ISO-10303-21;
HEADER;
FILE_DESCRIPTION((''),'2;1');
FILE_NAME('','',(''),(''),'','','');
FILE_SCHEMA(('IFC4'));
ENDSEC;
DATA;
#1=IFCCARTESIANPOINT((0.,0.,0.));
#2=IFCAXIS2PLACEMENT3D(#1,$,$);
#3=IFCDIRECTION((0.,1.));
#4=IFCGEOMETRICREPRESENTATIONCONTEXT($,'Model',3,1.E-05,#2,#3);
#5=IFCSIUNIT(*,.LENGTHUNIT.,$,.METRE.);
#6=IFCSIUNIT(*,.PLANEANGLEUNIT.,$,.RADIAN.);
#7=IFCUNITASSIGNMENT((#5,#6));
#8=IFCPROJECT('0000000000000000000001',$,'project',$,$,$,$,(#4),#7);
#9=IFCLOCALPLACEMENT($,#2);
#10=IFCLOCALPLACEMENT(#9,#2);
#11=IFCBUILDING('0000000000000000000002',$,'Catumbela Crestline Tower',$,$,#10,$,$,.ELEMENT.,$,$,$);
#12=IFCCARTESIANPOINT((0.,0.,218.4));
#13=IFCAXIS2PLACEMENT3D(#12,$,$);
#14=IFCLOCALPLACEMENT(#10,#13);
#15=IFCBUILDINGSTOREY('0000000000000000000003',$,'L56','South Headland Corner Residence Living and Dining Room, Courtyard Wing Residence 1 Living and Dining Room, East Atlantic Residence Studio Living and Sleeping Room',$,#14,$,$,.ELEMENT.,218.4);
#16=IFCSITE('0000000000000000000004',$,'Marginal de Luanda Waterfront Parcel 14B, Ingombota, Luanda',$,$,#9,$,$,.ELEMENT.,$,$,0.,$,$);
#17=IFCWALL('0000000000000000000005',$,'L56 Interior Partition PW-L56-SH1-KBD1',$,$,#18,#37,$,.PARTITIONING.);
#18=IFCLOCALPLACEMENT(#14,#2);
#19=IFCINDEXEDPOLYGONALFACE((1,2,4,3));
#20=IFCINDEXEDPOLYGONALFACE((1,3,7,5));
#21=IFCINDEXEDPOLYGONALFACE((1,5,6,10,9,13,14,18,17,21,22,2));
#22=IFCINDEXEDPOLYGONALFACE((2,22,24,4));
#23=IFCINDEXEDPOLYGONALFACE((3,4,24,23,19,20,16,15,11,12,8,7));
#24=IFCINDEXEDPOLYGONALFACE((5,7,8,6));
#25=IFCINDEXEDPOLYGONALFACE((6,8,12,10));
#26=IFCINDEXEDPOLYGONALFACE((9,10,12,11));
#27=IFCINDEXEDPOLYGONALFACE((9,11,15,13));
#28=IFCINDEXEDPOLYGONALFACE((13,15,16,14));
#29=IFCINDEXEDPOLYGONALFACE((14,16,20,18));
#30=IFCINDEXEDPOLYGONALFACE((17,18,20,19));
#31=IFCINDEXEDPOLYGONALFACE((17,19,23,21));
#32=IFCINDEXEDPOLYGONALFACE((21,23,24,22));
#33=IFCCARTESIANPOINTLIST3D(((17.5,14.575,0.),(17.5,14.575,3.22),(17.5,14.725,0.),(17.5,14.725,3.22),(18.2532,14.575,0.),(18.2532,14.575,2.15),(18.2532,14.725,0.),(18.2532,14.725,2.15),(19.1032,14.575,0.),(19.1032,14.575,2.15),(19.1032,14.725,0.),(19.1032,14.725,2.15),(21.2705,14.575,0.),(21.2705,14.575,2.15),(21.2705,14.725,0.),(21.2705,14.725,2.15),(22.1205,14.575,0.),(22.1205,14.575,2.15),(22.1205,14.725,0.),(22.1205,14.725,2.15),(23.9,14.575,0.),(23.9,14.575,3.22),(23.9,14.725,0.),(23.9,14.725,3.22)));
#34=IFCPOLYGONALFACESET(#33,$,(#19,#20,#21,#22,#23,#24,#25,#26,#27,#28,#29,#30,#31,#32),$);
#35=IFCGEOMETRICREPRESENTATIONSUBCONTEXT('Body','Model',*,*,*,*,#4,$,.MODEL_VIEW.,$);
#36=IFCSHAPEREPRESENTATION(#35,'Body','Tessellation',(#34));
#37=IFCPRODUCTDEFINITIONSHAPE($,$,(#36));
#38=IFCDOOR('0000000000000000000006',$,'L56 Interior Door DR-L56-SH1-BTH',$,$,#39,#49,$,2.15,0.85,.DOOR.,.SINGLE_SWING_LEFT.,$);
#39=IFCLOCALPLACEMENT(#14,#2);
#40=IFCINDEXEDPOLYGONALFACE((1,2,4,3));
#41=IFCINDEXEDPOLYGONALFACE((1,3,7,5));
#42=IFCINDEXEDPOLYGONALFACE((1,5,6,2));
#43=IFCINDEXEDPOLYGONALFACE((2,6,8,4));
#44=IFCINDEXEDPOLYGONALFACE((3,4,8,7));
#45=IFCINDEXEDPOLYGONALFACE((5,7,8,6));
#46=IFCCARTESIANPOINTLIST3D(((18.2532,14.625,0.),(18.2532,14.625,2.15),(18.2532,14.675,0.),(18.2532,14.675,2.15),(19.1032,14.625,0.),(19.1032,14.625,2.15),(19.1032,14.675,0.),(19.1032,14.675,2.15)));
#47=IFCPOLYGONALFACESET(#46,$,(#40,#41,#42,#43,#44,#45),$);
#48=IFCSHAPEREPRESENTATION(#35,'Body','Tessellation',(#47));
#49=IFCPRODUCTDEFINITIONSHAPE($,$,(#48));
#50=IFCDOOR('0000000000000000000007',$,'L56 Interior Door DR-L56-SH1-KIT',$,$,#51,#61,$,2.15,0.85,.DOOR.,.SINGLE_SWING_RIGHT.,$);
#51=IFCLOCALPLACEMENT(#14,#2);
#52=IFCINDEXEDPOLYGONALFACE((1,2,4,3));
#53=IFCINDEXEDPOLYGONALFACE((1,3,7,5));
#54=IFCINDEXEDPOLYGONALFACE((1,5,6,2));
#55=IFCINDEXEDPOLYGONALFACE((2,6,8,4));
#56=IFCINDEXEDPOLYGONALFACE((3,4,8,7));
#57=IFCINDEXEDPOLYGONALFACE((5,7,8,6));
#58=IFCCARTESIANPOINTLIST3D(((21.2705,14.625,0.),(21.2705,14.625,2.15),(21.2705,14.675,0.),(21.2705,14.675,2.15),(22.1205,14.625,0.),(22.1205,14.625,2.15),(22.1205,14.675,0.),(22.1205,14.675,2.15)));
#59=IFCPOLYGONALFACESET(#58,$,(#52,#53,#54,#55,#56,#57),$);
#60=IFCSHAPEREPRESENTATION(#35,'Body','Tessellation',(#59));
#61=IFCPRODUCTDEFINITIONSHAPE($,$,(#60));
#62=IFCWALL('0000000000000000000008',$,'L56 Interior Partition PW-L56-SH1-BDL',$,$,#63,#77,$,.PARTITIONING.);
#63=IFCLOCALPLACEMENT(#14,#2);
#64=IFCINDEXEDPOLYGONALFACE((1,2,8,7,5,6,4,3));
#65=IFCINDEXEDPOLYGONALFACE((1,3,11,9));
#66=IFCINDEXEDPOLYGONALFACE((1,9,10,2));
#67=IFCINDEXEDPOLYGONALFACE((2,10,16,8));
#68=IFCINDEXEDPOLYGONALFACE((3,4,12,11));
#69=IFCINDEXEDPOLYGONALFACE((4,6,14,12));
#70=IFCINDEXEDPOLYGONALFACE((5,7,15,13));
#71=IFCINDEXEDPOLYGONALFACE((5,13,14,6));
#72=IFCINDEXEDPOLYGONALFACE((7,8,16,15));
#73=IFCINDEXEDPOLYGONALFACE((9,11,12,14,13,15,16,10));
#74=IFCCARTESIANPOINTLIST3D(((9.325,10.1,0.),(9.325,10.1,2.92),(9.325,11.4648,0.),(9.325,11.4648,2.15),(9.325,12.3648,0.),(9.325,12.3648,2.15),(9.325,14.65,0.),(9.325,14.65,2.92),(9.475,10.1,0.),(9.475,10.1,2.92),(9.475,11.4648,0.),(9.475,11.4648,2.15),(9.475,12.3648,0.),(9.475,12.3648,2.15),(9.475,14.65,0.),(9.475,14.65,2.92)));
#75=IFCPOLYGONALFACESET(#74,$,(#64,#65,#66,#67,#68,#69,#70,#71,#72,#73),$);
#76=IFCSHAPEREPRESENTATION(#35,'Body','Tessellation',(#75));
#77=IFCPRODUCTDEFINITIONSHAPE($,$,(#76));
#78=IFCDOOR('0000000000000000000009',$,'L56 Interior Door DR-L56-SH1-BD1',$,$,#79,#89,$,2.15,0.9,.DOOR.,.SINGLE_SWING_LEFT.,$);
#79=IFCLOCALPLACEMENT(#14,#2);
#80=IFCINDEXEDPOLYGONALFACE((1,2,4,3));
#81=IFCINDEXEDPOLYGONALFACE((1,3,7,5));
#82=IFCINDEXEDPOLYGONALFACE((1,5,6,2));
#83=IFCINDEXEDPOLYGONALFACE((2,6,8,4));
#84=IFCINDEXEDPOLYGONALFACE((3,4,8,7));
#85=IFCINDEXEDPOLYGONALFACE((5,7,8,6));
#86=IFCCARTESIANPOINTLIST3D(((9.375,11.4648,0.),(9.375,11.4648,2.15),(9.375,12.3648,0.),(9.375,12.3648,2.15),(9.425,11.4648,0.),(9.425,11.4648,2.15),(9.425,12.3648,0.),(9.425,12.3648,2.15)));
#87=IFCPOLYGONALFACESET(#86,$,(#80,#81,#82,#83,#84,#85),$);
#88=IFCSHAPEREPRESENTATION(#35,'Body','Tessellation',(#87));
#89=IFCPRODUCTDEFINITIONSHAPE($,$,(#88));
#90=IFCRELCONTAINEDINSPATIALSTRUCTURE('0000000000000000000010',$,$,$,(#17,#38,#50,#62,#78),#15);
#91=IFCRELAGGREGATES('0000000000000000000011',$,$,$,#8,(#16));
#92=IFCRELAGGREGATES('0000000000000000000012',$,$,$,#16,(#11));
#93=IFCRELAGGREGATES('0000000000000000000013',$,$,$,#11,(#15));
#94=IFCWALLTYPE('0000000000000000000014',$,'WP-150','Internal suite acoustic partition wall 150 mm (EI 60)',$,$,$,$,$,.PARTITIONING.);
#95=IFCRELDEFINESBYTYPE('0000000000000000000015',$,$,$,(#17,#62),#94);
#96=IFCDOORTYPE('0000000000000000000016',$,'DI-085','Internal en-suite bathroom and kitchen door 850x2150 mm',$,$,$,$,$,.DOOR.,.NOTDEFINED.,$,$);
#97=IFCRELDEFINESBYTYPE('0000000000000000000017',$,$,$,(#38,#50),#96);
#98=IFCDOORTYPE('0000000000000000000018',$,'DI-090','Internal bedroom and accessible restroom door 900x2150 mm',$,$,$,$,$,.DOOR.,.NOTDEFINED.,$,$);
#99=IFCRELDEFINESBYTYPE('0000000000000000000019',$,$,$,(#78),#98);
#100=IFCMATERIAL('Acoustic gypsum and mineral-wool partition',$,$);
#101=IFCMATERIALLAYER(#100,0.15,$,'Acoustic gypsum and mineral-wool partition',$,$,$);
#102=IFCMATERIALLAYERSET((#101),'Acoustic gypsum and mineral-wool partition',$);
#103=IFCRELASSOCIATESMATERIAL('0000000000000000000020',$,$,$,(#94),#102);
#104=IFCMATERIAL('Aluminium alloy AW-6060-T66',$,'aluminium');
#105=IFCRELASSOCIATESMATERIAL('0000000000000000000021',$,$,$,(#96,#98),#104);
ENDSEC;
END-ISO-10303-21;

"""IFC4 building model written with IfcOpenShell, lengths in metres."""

from ifc_helpers import new_model, si_unit, direction, frame, frame_2d, origin, place, context, subcontext, project, spatial, rectangle, extrude, material, layer, layer_set, type_object, element, fill, save


model = new_model("IFC4")

# Units and contexts
model_context = context("Model", 3, precision=1e-05, world=origin(), true_north=direction((0.0, 1.0)))
body_context = subcontext(model_context, "Body", "Model", "MODEL_VIEW")
ifc_project = project(units=[si_unit("LENGTHUNIT", "METRE"), si_unit("PLANEANGLEUNIT", "RADIAN")], contexts=[model_context])

# Site, building, storey
site_placement = place(None, origin())
site = spatial("IfcSite", under=ifc_project, at=site_placement, Name="Marginal de Luanda Waterfront Parcel 14B, Ingombota, Luanda", CompositionType="ELEMENT", RefElevation=0.0)
building_placement = place(site_placement, origin())
building = spatial("IfcBuilding", under=site, at=building_placement, Name="Catumbela Crestline Tower", CompositionType="ELEMENT")
storey_placement = place(building_placement, frame((0.0, 0.0, 218.4)))
storey = spatial("IfcBuildingStorey", under=building, at=storey_placement, Name="L56", Description="South Headland Corner Residence Living and Dining Room, Courtyard Wing Residence 1 Living and Dining Room, East Atlantic Residence Studio Living and Sleeping Room", CompositionType="ELEMENT", Elevation=218.4)

# Shared definitions
ifc_material_1 = material(Name="Aluminium alloy AW-6060-T66", Category="aluminium")

# Shared definitions
ifc_material_2 = material(Name="Acoustic gypsum and mineral-wool partition")

# Shared definitions
ifc_layer_1 = layer(ifc_material_2, 0.15, Name="Acoustic gypsum and mineral-wool partition")
ifc_layer_set_1 = layer_set([ifc_layer_1], Name="Acoustic gypsum and mineral-wool partition")
wall_type_1 = type_object("IfcWallType", Name="WP-150", Description="Internal suite acoustic partition wall 150 mm (EI 60)", PredefinedType="PARTITIONING", material=ifc_layer_set_1)

# Shared definitions
door_type_1 = type_object("IfcDoorType", Name="DI-085", Description="Internal en-suite bathroom and kitchen door 850x2150 mm", OperationType="NOTDEFINED", PredefinedType="DOOR", material=ifc_material_1)

# Wall, openings, doors
wall_1_placement = place(storey_placement, frame((17.5, 14.65, 0.0), z_axis=(0.0, 0.0, 1.0), x_axis=(1.0, 0.0, 0.0)))
wall_1 = element("IfcWall", 1, at=wall_1_placement, inside=storey, type_object=wall_type_1, Name="L56 Interior Partition PW-L56-SH1-KBD1", PredefinedType="PARTITIONING", context=body_context, shape_type="SweptSolid", body=[
    extrude(rectangle(XDim=6.4, YDim=0.15, at=frame_2d((3.2, 0.0))), origin(), (0.0, 0.0, 1.0), 3.22),
])
opening_1_placement = place(wall_1_placement, frame((0.7532, 0.0, 0.0)))
opening_1 = element("IfcOpeningElement", 2, at=opening_1_placement, cuts=wall_1, PredefinedType="OPENING", context=body_context, shape_type="SweptSolid", body=[
    extrude(rectangle(XDim=0.85, YDim=2.15, at=frame_2d((0.425, 1.075))), frame((0.0, 0.085, 0.0), z_axis=(0.0, -1.0, 0.0), x_axis=(1.0, 0.0, 0.0)), (0.0, 0.0, 1.0), 0.17),
])
opening_2_placement = place(wall_1_placement, frame((3.7705, 0.0, 0.0)))
opening_2 = element("IfcOpeningElement", 3, at=opening_2_placement, cuts=wall_1, PredefinedType="OPENING", context=body_context, shape_type="SweptSolid", body=[
    extrude(rectangle(XDim=0.85, YDim=2.15, at=frame_2d((0.425, 1.075))), frame((0.0, 0.085, 0.0), z_axis=(0.0, -1.0, 0.0), x_axis=(1.0, 0.0, 0.0)), (0.0, 0.0, 1.0), 0.17),
])
door_1_placement = place(opening_1_placement, origin())
door_1 = element("IfcDoor", 4, at=door_1_placement, inside=storey, type_object=door_type_1, Name="L56 Interior Door DR-L56-SH1-BTH", OperationType="SINGLE_SWING_LEFT", OverallHeight=2.15, OverallWidth=0.85, PredefinedType="DOOR", context=body_context, shape_type="SweptSolid", body=[
    extrude(rectangle(XDim=0.85, YDim=2.15, at=frame_2d((0.425, 1.075))), frame((0.0, 0.025, 0.0), z_axis=(0.0, -1.0, 0.0), x_axis=(1.0, 0.0, 0.0)), (0.0, 0.0, 1.0), 0.05),
])
fill(opening_1, door_1)
door_2_placement = place(opening_2_placement, origin())
door_2 = element("IfcDoor", 5, at=door_2_placement, inside=storey, type_object=door_type_1, Name="L56 Interior Door DR-L56-SH1-KIT", OperationType="SINGLE_SWING_RIGHT", OverallHeight=2.15, OverallWidth=0.85, PredefinedType="DOOR", context=body_context, shape_type="SweptSolid", body=[
    extrude(rectangle(XDim=0.85, YDim=2.15, at=frame_2d((0.425, 1.075))), frame((0.0, 0.025, 0.0), z_axis=(0.0, -1.0, 0.0), x_axis=(1.0, 0.0, 0.0)), (0.0, 0.0, 1.0), 0.05),
])
fill(opening_2, door_2)

# Wall, opening, door
wall_2_placement = place(storey_placement, frame((9.4, 10.1, 0.0), z_axis=(0.0, 0.0, 1.0), x_axis=(0.0, 1.0, 0.0)))
wall_2 = element("IfcWall", 6, at=wall_2_placement, inside=storey, type_object=wall_type_1, Name="L56 Interior Partition PW-L56-SH1-BDL", PredefinedType="PARTITIONING", context=body_context, shape_type="SweptSolid", body=[
    extrude(rectangle(XDim=4.55, YDim=0.15, at=frame_2d((2.275, 0.0))), origin(), (0.0, 0.0, 1.0), 2.92),
])
opening_3_placement = place(wall_2_placement, frame((1.3648, 0.0, 0.0)))
opening_3 = element("IfcOpeningElement", 7, at=opening_3_placement, cuts=wall_2, PredefinedType="OPENING", context=body_context, shape_type="SweptSolid", body=[
    extrude(rectangle(XDim=0.9, YDim=2.15, at=frame_2d((0.45, 1.075))), frame((0.0, 0.085, 0.0), z_axis=(0.0, -1.0, 0.0), x_axis=(1.0, 0.0, 0.0)), (0.0, 0.0, 1.0), 0.17),
])
door_type_2 = type_object("IfcDoorType", Name="DI-090", Description="Internal bedroom and accessible restroom door 900x2150 mm", OperationType="NOTDEFINED", PredefinedType="DOOR", material=ifc_material_1)
door_3_placement = place(opening_3_placement, origin())
door_3 = element("IfcDoor", 8, at=door_3_placement, inside=storey, type_object=door_type_2, Name="L56 Interior Door DR-L56-SH1-BD1", OperationType="SINGLE_SWING_LEFT", OverallHeight=2.15, OverallWidth=0.9, PredefinedType="DOOR", context=body_context, shape_type="SweptSolid", body=[
    extrude(rectangle(XDim=0.9, YDim=2.15, at=frame_2d((0.45, 1.075))), frame((0.0, 0.025, 0.0), z_axis=(0.0, -1.0, 0.0), x_axis=(1.0, 0.0, 0.0)), (0.0, 0.0, 1.0), 0.05),
])
fill(opening_3, door_3)

save(model, "model.ifc")
